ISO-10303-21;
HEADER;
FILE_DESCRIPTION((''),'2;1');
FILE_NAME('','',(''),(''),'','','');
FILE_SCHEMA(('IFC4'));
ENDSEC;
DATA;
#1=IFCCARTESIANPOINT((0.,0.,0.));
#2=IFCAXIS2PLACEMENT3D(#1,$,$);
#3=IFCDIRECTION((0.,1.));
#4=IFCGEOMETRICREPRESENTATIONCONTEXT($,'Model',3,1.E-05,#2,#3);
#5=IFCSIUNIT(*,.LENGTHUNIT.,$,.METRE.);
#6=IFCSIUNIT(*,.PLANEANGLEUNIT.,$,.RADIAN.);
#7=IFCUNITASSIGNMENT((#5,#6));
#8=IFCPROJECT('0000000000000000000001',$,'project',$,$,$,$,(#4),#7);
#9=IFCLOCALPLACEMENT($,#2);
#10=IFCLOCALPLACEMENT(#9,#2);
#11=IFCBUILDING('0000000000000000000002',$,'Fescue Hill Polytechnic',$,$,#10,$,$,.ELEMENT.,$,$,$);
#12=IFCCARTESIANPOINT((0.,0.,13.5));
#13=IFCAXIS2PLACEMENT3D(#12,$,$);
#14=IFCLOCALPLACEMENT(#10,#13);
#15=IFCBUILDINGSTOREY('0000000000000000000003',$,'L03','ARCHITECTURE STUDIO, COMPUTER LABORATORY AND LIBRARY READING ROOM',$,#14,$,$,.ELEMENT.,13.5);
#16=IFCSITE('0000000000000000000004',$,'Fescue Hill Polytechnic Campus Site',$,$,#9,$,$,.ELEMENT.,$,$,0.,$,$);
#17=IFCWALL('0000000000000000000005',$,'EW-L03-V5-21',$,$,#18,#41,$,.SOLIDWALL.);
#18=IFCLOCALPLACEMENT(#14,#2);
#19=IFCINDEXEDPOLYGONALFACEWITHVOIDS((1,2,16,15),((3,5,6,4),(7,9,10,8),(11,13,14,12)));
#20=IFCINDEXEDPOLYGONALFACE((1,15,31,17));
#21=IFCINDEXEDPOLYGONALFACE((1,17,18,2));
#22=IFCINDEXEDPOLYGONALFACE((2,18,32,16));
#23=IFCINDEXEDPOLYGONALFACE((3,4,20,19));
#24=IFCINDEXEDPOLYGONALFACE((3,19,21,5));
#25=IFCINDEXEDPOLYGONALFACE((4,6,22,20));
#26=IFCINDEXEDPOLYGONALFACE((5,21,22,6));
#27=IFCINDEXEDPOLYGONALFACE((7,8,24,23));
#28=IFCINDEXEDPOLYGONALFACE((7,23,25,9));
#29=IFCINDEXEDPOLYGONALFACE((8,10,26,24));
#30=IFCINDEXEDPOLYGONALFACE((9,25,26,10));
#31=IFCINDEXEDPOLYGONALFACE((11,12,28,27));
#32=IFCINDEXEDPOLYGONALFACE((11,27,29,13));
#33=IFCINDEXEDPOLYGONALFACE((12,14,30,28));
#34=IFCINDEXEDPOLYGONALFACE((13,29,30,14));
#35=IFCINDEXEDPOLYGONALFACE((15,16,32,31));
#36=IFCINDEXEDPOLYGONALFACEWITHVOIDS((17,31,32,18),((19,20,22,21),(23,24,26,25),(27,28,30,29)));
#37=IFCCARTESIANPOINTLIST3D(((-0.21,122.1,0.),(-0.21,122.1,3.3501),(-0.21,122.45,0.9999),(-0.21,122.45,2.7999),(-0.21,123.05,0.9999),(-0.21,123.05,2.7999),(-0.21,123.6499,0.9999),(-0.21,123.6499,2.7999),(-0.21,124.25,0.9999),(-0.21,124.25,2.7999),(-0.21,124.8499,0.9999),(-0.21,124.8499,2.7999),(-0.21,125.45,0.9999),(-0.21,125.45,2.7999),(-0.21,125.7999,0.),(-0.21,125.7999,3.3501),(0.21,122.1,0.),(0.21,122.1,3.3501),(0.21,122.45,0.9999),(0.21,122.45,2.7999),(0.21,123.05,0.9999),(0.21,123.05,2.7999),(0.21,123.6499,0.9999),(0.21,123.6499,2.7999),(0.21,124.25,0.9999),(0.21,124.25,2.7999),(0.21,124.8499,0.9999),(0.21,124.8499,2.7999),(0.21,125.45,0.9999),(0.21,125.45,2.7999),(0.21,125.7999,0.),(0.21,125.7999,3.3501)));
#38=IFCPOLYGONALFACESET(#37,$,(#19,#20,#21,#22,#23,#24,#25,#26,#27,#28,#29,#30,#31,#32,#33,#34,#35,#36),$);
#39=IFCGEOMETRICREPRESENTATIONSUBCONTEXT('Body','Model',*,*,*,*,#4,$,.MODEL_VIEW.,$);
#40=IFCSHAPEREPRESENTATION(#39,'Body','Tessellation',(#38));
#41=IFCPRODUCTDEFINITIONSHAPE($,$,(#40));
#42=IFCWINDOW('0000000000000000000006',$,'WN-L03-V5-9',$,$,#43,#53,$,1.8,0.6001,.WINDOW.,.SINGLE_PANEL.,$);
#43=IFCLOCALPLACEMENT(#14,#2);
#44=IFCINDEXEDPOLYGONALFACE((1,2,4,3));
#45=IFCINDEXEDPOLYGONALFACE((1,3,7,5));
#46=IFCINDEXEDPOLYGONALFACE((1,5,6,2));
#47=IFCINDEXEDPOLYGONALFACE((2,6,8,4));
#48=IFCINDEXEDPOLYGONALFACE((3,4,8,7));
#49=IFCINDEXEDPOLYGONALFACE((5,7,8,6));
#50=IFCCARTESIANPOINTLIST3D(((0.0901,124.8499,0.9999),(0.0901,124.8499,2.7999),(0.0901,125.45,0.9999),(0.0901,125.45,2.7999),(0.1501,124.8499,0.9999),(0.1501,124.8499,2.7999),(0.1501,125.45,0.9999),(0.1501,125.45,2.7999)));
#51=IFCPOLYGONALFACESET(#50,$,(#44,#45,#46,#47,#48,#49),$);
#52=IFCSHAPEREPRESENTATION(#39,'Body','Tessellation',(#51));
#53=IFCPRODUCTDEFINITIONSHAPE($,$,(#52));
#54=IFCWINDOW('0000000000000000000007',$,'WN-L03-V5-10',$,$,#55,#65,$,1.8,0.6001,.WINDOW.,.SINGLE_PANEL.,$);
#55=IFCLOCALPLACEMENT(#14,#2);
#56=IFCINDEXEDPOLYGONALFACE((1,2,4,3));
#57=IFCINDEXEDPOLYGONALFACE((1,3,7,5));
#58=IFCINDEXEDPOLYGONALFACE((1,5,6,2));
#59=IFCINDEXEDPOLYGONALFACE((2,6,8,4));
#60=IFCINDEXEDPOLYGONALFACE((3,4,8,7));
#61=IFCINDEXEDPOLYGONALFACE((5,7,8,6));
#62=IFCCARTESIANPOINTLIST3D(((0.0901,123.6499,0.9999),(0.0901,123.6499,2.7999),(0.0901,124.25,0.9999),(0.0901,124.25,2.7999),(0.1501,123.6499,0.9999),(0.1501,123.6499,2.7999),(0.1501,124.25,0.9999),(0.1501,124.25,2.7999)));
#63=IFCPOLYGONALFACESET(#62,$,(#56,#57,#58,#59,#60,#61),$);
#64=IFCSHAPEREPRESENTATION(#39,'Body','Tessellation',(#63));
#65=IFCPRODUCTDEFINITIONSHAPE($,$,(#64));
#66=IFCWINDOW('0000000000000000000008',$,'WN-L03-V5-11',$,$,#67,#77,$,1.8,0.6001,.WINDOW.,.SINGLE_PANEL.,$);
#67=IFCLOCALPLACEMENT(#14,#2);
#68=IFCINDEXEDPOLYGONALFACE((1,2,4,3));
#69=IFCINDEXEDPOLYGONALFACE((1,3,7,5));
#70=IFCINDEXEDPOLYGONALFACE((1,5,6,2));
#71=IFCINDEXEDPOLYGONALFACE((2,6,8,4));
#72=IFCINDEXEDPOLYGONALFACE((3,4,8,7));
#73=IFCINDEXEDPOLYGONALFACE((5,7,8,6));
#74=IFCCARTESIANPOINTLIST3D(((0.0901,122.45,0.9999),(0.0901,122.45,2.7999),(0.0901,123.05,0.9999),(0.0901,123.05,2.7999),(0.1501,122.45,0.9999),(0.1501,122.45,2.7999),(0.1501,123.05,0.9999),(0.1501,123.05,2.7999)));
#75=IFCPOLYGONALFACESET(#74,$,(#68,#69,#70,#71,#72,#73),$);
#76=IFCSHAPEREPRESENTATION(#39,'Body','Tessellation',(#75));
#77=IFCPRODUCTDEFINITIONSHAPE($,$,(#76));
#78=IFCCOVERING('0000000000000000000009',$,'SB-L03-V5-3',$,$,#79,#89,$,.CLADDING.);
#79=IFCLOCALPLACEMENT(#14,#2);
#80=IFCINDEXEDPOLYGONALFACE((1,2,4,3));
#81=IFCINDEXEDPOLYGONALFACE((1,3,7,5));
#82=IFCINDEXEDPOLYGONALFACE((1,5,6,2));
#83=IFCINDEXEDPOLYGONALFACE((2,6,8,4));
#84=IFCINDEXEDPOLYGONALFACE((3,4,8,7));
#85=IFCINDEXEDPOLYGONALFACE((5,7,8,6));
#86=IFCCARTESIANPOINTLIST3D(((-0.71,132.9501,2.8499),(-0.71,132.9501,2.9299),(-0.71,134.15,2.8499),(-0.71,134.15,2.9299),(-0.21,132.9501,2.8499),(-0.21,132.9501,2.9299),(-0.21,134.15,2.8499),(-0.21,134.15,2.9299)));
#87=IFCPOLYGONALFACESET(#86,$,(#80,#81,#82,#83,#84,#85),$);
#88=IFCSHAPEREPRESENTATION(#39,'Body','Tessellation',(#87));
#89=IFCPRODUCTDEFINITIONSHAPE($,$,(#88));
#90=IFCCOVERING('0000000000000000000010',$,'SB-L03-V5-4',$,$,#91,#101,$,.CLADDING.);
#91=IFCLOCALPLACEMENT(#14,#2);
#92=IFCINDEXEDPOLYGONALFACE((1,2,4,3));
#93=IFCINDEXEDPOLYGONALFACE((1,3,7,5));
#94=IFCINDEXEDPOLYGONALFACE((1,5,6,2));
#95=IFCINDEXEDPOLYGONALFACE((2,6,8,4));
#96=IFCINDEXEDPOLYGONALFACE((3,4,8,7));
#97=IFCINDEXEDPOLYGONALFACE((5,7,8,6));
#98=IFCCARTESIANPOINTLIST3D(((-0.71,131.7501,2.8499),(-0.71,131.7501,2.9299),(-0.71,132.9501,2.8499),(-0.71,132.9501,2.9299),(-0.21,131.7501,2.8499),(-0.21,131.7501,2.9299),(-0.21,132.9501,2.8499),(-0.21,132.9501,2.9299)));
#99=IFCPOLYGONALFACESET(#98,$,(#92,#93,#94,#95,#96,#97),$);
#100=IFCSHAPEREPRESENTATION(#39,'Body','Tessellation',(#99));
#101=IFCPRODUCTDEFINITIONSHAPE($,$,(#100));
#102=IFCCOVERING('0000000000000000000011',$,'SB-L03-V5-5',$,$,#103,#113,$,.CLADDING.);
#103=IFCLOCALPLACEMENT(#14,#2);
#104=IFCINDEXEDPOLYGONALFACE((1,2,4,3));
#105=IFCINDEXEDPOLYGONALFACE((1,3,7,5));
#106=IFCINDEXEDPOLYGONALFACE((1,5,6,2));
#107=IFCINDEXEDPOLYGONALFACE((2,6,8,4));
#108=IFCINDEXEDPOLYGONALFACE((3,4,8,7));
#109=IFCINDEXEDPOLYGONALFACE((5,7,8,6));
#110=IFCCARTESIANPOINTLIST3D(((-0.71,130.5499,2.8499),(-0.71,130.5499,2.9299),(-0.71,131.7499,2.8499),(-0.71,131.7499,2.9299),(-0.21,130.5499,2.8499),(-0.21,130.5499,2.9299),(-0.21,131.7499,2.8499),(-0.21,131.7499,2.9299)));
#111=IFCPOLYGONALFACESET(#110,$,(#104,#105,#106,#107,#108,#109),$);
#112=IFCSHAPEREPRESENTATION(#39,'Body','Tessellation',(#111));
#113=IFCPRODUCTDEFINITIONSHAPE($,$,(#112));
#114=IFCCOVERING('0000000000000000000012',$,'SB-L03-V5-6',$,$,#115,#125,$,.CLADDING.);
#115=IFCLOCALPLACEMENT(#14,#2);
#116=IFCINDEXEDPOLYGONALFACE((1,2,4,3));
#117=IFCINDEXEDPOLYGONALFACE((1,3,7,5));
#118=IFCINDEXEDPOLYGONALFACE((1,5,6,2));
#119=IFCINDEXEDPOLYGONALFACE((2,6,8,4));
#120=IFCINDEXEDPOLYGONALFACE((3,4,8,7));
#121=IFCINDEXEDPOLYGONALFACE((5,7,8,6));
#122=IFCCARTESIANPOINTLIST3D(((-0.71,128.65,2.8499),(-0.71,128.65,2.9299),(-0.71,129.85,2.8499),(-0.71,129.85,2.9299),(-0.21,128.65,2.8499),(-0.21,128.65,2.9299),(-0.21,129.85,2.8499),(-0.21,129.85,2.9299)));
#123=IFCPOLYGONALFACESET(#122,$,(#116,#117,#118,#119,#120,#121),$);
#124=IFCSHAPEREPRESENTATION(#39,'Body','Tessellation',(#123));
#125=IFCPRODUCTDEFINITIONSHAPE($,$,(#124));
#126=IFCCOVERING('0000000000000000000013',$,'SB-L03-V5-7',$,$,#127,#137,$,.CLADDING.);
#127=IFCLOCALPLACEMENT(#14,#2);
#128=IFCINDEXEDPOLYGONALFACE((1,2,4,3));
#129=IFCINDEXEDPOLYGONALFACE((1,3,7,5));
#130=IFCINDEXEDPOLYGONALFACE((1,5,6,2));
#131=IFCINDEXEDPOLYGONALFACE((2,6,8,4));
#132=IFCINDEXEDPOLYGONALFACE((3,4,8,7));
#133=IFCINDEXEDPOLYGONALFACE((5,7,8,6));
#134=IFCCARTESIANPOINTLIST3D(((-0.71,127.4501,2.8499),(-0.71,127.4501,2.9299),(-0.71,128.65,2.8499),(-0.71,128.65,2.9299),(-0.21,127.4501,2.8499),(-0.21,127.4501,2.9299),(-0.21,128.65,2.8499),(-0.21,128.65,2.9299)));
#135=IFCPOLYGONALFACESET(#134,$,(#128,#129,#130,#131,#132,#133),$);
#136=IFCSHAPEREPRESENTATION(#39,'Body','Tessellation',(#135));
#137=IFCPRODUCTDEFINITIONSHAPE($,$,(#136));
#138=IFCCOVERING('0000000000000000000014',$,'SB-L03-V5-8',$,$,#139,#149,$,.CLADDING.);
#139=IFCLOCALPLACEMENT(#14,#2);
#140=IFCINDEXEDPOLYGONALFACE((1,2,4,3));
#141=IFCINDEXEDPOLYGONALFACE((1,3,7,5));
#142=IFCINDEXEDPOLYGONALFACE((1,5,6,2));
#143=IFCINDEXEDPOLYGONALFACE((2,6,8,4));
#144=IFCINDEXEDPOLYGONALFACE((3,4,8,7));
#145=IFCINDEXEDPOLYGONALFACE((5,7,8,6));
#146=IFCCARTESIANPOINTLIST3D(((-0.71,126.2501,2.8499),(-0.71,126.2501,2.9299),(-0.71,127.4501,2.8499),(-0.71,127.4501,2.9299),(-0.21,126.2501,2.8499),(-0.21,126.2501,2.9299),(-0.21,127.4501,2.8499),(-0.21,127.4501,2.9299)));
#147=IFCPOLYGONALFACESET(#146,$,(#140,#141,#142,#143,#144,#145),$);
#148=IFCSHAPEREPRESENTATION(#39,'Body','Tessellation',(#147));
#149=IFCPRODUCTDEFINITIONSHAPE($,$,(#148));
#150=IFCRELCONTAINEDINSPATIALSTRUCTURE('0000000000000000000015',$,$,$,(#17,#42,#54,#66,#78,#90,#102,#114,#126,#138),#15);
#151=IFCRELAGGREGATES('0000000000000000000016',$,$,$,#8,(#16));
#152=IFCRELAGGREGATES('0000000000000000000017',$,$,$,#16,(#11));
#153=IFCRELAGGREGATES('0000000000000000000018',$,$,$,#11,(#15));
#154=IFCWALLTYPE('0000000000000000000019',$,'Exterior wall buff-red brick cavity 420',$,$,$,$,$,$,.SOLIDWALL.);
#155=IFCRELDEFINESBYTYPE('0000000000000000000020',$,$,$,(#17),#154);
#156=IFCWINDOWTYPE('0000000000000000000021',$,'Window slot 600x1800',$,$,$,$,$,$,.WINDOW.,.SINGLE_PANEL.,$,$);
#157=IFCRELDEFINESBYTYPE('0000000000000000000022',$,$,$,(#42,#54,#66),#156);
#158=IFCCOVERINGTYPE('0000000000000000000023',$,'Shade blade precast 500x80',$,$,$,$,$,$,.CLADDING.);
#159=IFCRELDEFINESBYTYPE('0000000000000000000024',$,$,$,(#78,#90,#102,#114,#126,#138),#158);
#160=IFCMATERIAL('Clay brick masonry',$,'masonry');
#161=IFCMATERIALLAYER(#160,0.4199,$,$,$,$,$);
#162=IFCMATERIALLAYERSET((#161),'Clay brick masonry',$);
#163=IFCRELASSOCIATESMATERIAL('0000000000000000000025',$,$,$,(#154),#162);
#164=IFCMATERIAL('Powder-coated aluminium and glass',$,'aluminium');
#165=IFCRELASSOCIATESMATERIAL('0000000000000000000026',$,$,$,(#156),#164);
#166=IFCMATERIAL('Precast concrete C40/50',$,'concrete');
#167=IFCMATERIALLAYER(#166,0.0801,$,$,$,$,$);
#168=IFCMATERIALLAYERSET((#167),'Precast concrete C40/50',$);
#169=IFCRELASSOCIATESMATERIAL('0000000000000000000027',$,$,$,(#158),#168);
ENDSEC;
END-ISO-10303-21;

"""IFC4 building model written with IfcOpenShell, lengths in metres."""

from ifc_helpers import new_model, si_unit, direction, frame, frame_2d, origin, origin_2d, place, context, subcontext, project, spatial, rectangle, extrude, material, layer, layer_set, type_object, element, fill, save


model = new_model("IFC4")

# Units and contexts
model_context = context("Model", 3, precision=1e-05, world=origin(), true_north=direction((0.0, 1.0)))
body_context = subcontext(model_context, "Body", "Model", "MODEL_VIEW")
ifc_project = project(units=[si_unit("LENGTHUNIT", "METRE"), si_unit("PLANEANGLEUNIT", "RADIAN")], contexts=[model_context])

# Site, building, storey
site_placement = place(None, origin())
site = spatial("IfcSite", under=ifc_project, at=site_placement, Name="Fescue Hill Polytechnic Campus Site", CompositionType="ELEMENT", RefElevation=0.0)
building_placement = place(site_placement, origin())
building = spatial("IfcBuilding", under=site, at=building_placement, Name="Fescue Hill Polytechnic", CompositionType="ELEMENT")
storey_placement = place(building_placement, frame((0.0, 0.0, 13.5)))
storey = spatial("IfcBuildingStorey", under=building, at=storey_placement, Name="L03", Description="ARCHITECTURE STUDIO, COMPUTER LABORATORY AND LIBRARY READING ROOM", CompositionType="ELEMENT", Elevation=13.5)

# Shared definitions
ifc_material_1 = material(Name="Clay brick masonry", Category="masonry")

# Wall, openings, windows
ifc_layer_1 = layer(ifc_material_1, 0.4199)
ifc_layer_set_1 = layer_set([ifc_layer_1], Name="Clay brick masonry")
wall_type_1 = type_object("IfcWallType", Name="Exterior wall buff-red brick cavity 420", PredefinedType="SOLIDWALL", material=ifc_layer_set_1)
ifc_material_2 = material(Name="Powder-coated aluminium and glass", Category="aluminium")
window_type = type_object("IfcWindowType", Name="Window slot 600x1800", PartitioningType="SINGLE_PANEL", PredefinedType="WINDOW", material=ifc_material_2)
wall_1_placement = place(storey_placement, frame((0.0, 125.8, 0.0), z_axis=(0.0, 0.0, 1.0), x_axis=(0.0, -1.0, 0.0)))
wall_1 = element("IfcWall", 1, at=wall_1_placement, inside=storey, type_object=wall_type_1, Name="EW-L03-V5-21", PredefinedType="SOLIDWALL", context=body_context, shape_type="SweptSolid", body=[
    extrude(rectangle(XDim=3.7, YDim=0.4199, at=frame_2d((1.8501, 0.0))), origin(), (0.0, 0.0, 1.0), 3.3501),
])
opening_1_placement = place(wall_1_placement, frame((0.3501, 0.0, 1.0)))
opening_1 = element("IfcOpeningElement", 2, at=opening_1_placement, cuts=wall_1, PredefinedType="OPENING", context=body_context, shape_type="SweptSolid", body=[
    extrude(rectangle(XDim=0.6001, YDim=1.8, at=frame_2d((0.3, 0.8999))), frame((0.0, 0.22, 0.0), z_axis=(0.0, -1.0, 0.0), x_axis=(1.0, 0.0, 0.0)), (0.0, 0.0, 1.0), 0.4399),
])
opening_2_placement = place(wall_1_placement, frame((1.55, 0.0, 1.0)))
opening_2 = element("IfcOpeningElement", 3, at=opening_2_placement, cuts=wall_1, PredefinedType="OPENING", context=body_context, shape_type="SweptSolid", body=[
    extrude(rectangle(XDim=0.6001, YDim=1.8, at=frame_2d((0.3, 0.8999))), frame((0.0, 0.22, 0.0), z_axis=(0.0, -1.0, 0.0), x_axis=(1.0, 0.0, 0.0)), (0.0, 0.0, 1.0), 0.4399),
])
opening_3_placement = place(wall_1_placement, frame((2.75, 0.0, 1.0)))
opening_3 = element("IfcOpeningElement", 4, at=opening_3_placement, cuts=wall_1, PredefinedType="OPENING", context=body_context, shape_type="SweptSolid", body=[
    extrude(rectangle(XDim=0.6001, YDim=1.8, at=frame_2d((0.3, 0.8999))), frame((0.0, 0.22, 0.0), z_axis=(0.0, -1.0, 0.0), x_axis=(1.0, 0.0, 0.0)), (0.0, 0.0, 1.0), 0.4399),
])
window_1_placement = place(opening_1_placement, origin())
window_1 = element("IfcWindow", 5, at=window_1_placement, inside=storey, type_object=window_type, Name="WN-L03-V5-9", OverallHeight=1.8, OverallWidth=0.6001, PartitioningType="SINGLE_PANEL", PredefinedType="WINDOW", context=body_context, shape_type="SweptSolid", body=[
    extrude(rectangle(XDim=0.6001, YDim=1.8, at=frame_2d((0.3, 0.8999))), frame((0.0, 0.1501, 0.0), z_axis=(0.0, -1.0, 0.0), x_axis=(1.0, 0.0, 0.0)), (0.0, 0.0, 1.0), 0.0601),
])
fill(opening_1, window_1)
window_2_placement = place(opening_2_placement, origin())
window_2 = element("IfcWindow", 6, at=window_2_placement, inside=storey, type_object=window_type, Name="WN-L03-V5-10", OverallHeight=1.8, OverallWidth=0.6001, PartitioningType="SINGLE_PANEL", PredefinedType="WINDOW", context=body_context, shape_type="SweptSolid", body=[
    extrude(rectangle(XDim=0.6001, YDim=1.8, at=frame_2d((0.3, 0.8999))), frame((0.0, 0.1501, 0.0), z_axis=(0.0, -1.0, 0.0), x_axis=(1.0, 0.0, 0.0)), (0.0, 0.0, 1.0), 0.0601),
])
fill(opening_2, window_2)
window_3_placement = place(opening_3_placement, origin())
window_3 = element("IfcWindow", 7, at=window_3_placement, inside=storey, type_object=window_type, Name="WN-L03-V5-11", OverallHeight=1.8, OverallWidth=0.6001, PartitioningType="SINGLE_PANEL", PredefinedType="WINDOW", context=body_context, shape_type="SweptSolid", body=[
    extrude(rectangle(XDim=0.6001, YDim=1.8, at=frame_2d((0.3, 0.8999))), frame((0.0, 0.1501, 0.0), z_axis=(0.0, -1.0, 0.0), x_axis=(1.0, 0.0, 0.0)), (0.0, 0.0, 1.0), 0.0601),
])
fill(opening_3, window_3)

# Coverings
ifc_material_3 = material(Name="Precast concrete C40/50", Category="concrete")
ifc_layer_2 = layer(ifc_material_3, 0.0801)
ifc_layer_set_2 = layer_set([ifc_layer_2], Name="Precast concrete C40/50")
covering_type = type_object("IfcCoveringType", Name="Shade blade precast 500x80", PredefinedType="CLADDING", material=ifc_layer_set_2)
for number, where, z_axis, x_axis, name in (
    (8, (-0.46, 133.55, 2.8499), (0.0, 0.0, 1.0), (0.0, -1.0, 0.0), "SB-L03-V5-3"),
    (9, (-0.46, 132.3501, 2.8499), (0.0, 0.0, 1.0), (0.0, -1.0, 0.0), "SB-L03-V5-4"),
    (10, (-0.46, 131.1499, 2.8499), (0.0, 0.0, 1.0), (0.0, -1.0, 0.0), "SB-L03-V5-5"),
    (11, (-0.46, 129.25, 2.8499), (0.0, 0.0, 1.0), (0.0, -1.0, 0.0), "SB-L03-V5-6"),
    (12, (-0.46, 128.05, 2.8499), (0.0, 0.0, 1.0), (0.0, -1.0, 0.0), "SB-L03-V5-7"),
    (13, (-0.46, 126.8501, 2.8499), (0.0, 0.0, 1.0), (0.0, -1.0, 0.0), "SB-L03-V5-8"),
):
    element("IfcCovering", number, at=place(storey_placement, frame(where, z_axis=z_axis, x_axis=x_axis)), inside=storey, type_object=covering_type, Name=name, PredefinedType="CLADDING", context=body_context, shape_type="SweptSolid", body=[
        extrude(rectangle(XDim=1.2, YDim=0.5, at=origin_2d()), origin(), (0.0, 0.0, 1.0), 0.0801),
    ])

save(model, "model.ifc")
